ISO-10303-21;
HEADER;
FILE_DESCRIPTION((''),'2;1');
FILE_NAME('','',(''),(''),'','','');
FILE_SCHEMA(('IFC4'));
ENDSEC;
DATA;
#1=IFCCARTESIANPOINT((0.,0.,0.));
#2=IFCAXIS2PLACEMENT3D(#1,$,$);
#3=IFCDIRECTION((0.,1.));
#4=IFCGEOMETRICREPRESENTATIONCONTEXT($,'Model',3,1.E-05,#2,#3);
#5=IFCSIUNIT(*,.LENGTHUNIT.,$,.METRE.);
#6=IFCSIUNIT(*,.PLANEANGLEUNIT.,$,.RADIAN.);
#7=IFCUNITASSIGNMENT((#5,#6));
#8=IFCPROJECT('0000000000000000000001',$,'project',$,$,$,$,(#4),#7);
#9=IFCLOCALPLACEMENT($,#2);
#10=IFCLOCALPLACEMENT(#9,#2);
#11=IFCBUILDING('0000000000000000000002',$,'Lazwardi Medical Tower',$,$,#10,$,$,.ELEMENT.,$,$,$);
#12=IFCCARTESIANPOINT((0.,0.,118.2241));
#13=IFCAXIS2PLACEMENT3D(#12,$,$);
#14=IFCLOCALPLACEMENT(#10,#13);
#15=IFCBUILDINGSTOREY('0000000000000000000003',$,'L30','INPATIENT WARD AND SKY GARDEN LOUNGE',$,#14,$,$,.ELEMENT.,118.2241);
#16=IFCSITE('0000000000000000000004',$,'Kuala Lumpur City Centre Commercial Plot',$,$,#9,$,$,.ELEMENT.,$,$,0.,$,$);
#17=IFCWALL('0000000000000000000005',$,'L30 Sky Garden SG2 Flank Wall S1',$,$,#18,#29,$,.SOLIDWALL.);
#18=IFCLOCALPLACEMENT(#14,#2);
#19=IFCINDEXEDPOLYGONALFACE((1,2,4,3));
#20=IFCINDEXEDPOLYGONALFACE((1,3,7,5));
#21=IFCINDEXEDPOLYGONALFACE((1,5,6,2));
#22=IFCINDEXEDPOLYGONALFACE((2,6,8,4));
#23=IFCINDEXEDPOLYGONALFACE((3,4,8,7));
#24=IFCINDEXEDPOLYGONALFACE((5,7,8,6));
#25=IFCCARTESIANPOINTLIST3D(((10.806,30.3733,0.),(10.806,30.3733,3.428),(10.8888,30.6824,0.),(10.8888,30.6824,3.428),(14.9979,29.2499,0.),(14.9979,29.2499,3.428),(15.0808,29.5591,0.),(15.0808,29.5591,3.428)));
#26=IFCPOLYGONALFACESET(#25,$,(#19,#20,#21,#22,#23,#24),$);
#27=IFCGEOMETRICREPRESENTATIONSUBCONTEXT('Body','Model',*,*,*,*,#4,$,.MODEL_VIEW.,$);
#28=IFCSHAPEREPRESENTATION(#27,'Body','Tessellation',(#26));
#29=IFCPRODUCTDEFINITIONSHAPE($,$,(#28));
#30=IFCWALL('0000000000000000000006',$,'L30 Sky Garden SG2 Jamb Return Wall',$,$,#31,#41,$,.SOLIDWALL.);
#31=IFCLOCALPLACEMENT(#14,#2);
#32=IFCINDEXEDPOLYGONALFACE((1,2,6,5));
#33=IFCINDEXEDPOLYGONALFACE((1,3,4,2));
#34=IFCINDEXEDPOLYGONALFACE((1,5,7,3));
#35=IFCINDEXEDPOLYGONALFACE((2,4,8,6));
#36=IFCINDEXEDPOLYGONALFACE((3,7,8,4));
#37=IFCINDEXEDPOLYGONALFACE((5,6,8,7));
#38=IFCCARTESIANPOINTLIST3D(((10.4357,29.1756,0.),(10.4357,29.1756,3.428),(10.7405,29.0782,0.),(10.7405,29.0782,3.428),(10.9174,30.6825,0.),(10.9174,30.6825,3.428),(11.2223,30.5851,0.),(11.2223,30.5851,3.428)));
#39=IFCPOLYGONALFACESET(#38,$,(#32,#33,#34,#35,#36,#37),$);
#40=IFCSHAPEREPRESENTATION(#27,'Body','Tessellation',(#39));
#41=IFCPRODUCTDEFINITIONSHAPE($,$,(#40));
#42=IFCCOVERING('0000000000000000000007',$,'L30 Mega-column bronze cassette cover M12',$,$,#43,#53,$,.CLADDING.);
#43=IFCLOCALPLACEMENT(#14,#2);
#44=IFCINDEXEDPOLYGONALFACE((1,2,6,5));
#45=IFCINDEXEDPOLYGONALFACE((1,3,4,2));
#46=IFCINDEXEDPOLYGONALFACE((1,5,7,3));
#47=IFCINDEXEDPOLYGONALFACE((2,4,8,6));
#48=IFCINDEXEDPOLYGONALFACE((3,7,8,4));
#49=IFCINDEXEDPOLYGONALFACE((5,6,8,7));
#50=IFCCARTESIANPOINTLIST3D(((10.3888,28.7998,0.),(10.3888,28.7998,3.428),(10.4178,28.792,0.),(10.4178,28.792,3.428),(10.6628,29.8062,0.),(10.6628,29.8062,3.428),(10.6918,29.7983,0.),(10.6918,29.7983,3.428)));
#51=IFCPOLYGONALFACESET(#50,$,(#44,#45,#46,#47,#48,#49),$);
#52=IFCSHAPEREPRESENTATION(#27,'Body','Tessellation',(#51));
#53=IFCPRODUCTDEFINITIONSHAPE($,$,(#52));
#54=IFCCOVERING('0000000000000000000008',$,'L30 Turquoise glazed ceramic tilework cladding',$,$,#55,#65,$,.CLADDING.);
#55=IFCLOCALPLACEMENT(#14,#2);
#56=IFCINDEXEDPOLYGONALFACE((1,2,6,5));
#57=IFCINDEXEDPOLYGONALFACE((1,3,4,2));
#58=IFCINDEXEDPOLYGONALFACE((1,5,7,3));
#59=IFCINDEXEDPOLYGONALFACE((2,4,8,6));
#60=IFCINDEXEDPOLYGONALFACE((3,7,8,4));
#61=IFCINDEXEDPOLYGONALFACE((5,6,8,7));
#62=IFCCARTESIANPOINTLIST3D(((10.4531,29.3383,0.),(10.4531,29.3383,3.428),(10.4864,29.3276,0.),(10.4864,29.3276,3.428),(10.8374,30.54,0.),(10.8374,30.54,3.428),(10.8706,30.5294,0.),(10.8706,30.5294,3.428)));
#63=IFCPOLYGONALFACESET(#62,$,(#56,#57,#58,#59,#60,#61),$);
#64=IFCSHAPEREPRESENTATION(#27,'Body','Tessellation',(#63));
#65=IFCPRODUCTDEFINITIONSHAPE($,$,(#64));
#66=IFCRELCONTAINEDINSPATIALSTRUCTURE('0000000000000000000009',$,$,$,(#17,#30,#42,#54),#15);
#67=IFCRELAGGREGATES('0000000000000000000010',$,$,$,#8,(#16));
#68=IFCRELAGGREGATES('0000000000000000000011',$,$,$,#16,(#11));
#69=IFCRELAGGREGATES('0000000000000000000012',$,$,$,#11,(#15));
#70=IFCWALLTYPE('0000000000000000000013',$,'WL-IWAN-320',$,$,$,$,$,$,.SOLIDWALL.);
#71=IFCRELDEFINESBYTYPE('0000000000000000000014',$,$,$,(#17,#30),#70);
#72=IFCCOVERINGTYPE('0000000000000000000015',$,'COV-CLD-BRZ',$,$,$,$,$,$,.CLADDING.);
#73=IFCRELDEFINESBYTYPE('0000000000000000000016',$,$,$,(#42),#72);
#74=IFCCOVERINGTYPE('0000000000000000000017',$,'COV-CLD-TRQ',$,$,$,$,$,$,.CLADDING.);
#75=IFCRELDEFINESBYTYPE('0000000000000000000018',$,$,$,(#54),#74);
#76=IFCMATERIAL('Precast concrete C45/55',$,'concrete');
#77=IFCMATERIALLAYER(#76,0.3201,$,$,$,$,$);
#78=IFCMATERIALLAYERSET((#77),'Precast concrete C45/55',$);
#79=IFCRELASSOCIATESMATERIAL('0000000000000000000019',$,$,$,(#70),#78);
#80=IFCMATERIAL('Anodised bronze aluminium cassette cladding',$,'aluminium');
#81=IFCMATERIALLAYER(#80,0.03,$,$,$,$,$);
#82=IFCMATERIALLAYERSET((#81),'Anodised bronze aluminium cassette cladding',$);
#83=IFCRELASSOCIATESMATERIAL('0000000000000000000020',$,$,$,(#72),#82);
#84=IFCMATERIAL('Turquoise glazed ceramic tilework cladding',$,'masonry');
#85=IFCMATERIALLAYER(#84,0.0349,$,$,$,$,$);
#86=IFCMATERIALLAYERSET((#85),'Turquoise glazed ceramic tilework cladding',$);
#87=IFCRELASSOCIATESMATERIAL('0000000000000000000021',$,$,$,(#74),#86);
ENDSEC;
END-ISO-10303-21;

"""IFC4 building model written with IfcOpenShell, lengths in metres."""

from ifc_helpers import new_model, si_unit, direction, frame, frame_2d, origin, origin_2d, place, context, subcontext, project, spatial, rectangle, extrude, material, layer, layer_set, type_object, element, save


model = new_model("IFC4")

# Units and contexts
model_context = context("Model", 3, precision=1e-05, world=origin(), true_north=direction((0.0, 1.0)))
body_context = subcontext(model_context, "Body", "Model", "MODEL_VIEW")
ifc_project = project(units=[si_unit("LENGTHUNIT", "METRE"), si_unit("PLANEANGLEUNIT", "RADIAN")], contexts=[model_context])

# Site, building, storey
site_placement = place(None, origin())
site = spatial("IfcSite", under=ifc_project, at=site_placement, Name="Kuala Lumpur City Centre Commercial Plot", CompositionType="ELEMENT", RefElevation=0.0)
building_placement = place(site_placement, origin())
building = spatial("IfcBuilding", under=site, at=building_placement, Name="Lazwardi Medical Tower", CompositionType="ELEMENT")
storey_placement = place(building_placement, frame((0.0, 0.0, 118.2241)))
storey = spatial("IfcBuildingStorey", under=building, at=storey_placement, Name="L30", Description="INPATIENT WARD AND SKY GARDEN LOUNGE", CompositionType="ELEMENT", Elevation=118.2241)

# Walls
ifc_material_1 = material(Name="Precast concrete C45/55", Category="concrete")
ifc_layer_1 = layer(ifc_material_1, 0.3201)
ifc_layer_set_1 = layer_set([ifc_layer_1], Name="Precast concrete C45/55")
wall_type_1 = type_object("IfcWallType", Name="WL-IWAN-320", PredefinedType="SOLIDWALL", material=ifc_layer_set_1)
wall_1_placement = place(storey_placement, frame((10.8474, 30.5278, 0.0), z_axis=(0.0, 0.0, 1.0), x_axis=(0.965921, -0.258835, 0.0)))
element("IfcWall", 1, at=wall_1_placement, inside=storey, type_object=wall_type_1, Name="L30 Sky Garden SG2 Flank Wall S1", PredefinedType="SOLIDWALL", context=body_context, shape_type="SweptSolid", body=[
    extrude(rectangle(XDim=4.3398, YDim=0.3201, at=frame_2d((2.1699, 0.0))), origin(), (0.0, 0.0, 1.0), 3.428),
])
wall_2_placement = place(storey_placement, frame((11.0698, 30.6338, 0.0), z_axis=(0.0, 0.0, 1.0), x_axis=(-0.30449, -0.952515, 0.0)))
element("IfcWall", 2, at=wall_2_placement, inside=storey, type_object=wall_type_1, Name="L30 Sky Garden SG2 Jamb Return Wall", PredefinedType="SOLIDWALL", context=body_context, shape_type="SweptSolid", body=[
    extrude(rectangle(XDim=1.582, YDim=0.3201, at=frame_2d((0.791, 0.0))), origin(), (0.0, 0.0, 1.0), 3.428),
])

# Coverings
ifc_material_2 = material(Name="Anodised bronze aluminium cassette cladding", Category="aluminium")
ifc_layer_2 = layer(ifc_material_2, 0.03)
ifc_layer_set_2 = layer_set([ifc_layer_2], Name="Anodised bronze aluminium cassette cladding")
covering_type_1 = type_object("IfcCoveringType", Name="COV-CLD-BRZ", PredefinedType="CLADDING", material=ifc_layer_set_2)
covering_1_placement = place(storey_placement, frame((10.5403, 29.2991, 0.0), z_axis=(0.0, 0.0, 1.0), x_axis=(-0.262696, -0.964879, 0.0)))
element("IfcCovering", 3, at=covering_1_placement, inside=storey, type_object=covering_type_1, Name="L30 Mega-column bronze cassette cover M12", PredefinedType="CLADDING", context=body_context, shape_type="SweptSolid", body=[
    extrude(rectangle(XDim=1.043, YDim=0.03, at=origin_2d()), origin(), (0.0, 0.0, 1.0), 3.428),
])
ifc_material_3 = material(Name="Turquoise glazed ceramic tilework cladding", Category="masonry")
ifc_layer_3 = layer(ifc_material_3, 0.0349)
ifc_layer_set_3 = layer_set([ifc_layer_3], Name="Turquoise glazed ceramic tilework cladding")
covering_type_2 = type_object("IfcCoveringType", Name="COV-CLD-TRQ", PredefinedType="CLADDING", material=ifc_layer_set_3)
covering_2_placement = place(storey_placement, frame((10.6619, 29.9338, 0.0), z_axis=(0.0, 0.0, 1.0), x_axis=(-0.304555, -0.952495, 0.0)))
element("IfcCovering", 4, at=covering_2_placement, inside=storey, type_object=covering_type_2, Name="L30 Turquoise glazed ceramic tilework cladding", PredefinedType="CLADDING", context=body_context, shape_type="SweptSolid", body=[
    extrude(rectangle(XDim=1.2617, YDim=0.0349, at=origin_2d()), origin(), (0.0, 0.0, 1.0), 3.428),
])

save(model, "model.ifc")
